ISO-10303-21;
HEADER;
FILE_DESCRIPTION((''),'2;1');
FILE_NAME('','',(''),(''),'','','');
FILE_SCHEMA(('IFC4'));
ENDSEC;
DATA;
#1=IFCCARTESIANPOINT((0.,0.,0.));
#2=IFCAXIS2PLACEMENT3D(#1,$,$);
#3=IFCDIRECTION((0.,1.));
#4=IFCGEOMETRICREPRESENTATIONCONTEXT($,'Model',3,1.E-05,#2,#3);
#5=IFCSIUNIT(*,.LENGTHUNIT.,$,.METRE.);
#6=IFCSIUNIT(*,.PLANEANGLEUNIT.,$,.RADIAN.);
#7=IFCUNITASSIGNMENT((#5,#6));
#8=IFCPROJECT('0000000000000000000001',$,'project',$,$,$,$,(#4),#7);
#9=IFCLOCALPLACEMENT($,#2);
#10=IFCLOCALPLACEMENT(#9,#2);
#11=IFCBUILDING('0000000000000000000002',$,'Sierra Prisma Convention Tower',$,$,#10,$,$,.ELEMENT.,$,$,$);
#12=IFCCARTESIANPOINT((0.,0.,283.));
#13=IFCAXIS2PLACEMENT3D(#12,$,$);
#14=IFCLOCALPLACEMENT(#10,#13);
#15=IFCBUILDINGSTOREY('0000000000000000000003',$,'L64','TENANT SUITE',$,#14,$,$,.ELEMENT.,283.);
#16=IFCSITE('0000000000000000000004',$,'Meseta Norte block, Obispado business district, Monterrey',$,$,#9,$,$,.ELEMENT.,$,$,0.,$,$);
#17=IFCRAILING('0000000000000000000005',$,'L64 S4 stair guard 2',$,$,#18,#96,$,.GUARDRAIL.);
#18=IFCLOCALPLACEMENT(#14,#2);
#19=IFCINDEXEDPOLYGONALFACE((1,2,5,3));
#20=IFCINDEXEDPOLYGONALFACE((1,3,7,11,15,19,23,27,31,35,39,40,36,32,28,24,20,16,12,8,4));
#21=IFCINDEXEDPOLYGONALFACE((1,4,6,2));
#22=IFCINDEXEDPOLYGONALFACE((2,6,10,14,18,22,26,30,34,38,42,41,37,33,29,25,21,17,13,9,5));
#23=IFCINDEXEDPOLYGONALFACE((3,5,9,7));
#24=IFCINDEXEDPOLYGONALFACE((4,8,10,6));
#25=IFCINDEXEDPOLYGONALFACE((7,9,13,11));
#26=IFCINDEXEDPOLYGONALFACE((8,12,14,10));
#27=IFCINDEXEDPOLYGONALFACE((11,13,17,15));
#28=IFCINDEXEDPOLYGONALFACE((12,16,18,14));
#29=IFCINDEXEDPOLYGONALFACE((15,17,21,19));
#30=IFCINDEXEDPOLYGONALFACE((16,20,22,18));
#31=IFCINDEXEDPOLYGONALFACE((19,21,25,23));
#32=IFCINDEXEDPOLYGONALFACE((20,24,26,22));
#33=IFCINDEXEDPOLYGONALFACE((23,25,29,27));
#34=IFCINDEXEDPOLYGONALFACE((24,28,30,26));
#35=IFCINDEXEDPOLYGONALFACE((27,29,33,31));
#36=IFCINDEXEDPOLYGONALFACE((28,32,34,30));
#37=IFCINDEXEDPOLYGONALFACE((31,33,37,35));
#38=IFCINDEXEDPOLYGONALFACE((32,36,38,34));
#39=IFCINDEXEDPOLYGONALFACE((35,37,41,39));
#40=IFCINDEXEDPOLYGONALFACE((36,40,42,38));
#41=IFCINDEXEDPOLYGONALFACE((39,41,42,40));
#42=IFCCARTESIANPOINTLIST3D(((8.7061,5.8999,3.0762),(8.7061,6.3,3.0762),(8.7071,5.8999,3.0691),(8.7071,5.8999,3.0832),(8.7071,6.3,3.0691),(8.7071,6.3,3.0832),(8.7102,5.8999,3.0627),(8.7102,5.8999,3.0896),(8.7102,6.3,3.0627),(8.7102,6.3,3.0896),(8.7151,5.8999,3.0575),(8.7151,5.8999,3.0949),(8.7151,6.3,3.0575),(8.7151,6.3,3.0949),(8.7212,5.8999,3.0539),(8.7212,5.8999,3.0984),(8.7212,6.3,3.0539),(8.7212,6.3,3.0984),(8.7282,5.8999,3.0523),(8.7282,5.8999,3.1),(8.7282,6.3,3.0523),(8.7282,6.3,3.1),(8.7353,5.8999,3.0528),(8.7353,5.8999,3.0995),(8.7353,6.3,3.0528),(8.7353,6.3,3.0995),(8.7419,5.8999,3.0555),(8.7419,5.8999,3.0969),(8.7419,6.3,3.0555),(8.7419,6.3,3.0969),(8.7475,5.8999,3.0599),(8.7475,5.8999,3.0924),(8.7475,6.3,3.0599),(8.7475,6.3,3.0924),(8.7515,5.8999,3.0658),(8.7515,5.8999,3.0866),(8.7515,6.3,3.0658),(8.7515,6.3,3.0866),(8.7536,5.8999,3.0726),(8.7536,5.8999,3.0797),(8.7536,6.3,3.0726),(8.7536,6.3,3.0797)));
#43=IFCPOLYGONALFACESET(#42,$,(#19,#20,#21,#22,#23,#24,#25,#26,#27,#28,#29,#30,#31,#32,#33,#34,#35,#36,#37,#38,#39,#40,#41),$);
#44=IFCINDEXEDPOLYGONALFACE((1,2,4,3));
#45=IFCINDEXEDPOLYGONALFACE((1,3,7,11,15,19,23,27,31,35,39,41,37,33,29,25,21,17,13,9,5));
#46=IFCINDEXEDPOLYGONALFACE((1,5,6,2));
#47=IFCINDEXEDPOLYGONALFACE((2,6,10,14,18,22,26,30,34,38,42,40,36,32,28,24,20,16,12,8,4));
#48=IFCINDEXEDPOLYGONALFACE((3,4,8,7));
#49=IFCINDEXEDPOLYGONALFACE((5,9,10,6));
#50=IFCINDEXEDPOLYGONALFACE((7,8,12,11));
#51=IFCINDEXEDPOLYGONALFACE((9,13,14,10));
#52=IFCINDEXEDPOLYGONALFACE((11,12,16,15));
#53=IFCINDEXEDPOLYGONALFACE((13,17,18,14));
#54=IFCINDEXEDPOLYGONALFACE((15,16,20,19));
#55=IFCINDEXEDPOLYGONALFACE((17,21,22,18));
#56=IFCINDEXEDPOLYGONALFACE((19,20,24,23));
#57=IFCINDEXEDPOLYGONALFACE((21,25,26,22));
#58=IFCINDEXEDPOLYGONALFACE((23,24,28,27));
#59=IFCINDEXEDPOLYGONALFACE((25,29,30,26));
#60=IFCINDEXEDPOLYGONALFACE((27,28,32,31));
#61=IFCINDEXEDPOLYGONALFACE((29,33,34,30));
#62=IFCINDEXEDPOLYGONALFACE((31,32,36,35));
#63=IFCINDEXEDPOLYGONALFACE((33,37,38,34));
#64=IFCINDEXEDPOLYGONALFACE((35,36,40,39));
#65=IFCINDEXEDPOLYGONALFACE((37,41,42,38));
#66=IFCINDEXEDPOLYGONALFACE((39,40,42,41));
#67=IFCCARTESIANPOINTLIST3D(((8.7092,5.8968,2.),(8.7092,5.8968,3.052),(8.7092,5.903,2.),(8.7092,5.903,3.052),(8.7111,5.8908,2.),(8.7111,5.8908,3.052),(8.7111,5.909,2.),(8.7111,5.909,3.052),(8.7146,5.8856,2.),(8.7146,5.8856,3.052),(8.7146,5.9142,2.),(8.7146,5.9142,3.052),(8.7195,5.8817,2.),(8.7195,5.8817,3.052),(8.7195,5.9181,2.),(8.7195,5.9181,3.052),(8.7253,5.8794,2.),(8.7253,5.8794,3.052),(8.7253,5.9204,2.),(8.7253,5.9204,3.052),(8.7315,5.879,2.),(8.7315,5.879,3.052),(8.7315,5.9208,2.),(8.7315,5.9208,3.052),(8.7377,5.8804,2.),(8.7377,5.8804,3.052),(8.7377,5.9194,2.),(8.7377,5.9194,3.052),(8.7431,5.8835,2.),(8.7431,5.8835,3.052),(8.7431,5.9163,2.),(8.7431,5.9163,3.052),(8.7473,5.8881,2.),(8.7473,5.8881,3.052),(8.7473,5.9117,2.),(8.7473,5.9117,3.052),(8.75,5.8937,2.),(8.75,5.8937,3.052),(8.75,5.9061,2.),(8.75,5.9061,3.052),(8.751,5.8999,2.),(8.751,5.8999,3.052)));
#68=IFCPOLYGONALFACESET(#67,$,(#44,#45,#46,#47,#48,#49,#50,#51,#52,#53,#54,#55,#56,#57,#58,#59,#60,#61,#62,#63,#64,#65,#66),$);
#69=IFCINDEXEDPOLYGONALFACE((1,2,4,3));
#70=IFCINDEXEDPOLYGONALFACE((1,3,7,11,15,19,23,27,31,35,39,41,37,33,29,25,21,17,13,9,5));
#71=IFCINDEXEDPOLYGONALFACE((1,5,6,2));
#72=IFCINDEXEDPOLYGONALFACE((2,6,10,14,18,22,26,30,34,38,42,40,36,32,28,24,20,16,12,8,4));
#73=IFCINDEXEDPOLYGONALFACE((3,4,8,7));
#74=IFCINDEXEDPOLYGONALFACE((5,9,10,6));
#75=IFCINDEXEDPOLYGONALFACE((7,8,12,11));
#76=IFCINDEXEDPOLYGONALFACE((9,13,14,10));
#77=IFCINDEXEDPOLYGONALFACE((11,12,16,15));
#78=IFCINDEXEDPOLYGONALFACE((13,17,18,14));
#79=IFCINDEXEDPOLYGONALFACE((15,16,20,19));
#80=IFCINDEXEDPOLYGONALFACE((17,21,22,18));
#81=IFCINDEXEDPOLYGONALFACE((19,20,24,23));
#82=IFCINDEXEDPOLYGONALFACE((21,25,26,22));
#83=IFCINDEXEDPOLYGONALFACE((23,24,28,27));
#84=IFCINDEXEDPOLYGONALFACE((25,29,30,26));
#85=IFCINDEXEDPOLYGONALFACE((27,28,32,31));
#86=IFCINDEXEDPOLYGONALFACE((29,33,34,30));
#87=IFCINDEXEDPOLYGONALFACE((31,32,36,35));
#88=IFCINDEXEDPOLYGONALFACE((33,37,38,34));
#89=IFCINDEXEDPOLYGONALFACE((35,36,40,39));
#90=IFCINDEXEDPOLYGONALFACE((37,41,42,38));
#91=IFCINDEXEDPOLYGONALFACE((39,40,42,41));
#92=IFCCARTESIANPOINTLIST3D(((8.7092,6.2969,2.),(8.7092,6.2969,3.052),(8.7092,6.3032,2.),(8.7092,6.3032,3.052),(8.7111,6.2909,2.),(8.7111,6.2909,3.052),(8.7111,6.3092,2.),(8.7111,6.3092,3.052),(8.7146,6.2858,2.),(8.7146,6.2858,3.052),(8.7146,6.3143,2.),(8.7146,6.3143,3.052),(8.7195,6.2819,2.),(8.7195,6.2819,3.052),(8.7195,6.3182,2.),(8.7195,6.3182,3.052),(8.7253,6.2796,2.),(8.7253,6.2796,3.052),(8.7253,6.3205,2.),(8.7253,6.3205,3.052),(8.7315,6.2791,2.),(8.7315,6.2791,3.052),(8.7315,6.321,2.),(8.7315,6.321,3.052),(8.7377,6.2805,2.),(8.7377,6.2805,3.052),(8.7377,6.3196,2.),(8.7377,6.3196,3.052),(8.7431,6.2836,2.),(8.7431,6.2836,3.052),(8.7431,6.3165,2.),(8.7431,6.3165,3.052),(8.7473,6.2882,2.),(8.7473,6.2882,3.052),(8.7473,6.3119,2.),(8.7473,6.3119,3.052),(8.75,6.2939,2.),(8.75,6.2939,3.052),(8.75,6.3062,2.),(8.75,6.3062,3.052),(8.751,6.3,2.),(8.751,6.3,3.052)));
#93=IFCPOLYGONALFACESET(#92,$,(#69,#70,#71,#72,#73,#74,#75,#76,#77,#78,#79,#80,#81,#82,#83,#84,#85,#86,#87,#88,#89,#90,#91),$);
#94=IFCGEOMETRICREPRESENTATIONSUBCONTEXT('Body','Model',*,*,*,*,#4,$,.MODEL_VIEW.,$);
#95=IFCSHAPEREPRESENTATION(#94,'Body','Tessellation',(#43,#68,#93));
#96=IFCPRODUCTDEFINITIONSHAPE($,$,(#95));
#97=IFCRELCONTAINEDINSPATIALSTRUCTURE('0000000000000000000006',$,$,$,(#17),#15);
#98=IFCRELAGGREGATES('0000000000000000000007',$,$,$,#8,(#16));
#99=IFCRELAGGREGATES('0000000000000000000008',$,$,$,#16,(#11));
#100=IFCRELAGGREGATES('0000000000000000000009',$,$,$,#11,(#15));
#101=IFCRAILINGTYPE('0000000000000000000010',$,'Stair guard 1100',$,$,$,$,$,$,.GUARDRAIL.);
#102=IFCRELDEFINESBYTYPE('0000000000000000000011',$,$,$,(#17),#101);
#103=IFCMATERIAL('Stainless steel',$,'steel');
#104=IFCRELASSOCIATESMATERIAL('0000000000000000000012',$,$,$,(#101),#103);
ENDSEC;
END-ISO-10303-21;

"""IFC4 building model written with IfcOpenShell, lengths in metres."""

from ifc_helpers import new_model, si_unit, direction, frame, origin, origin_2d, place, context, subcontext, project, spatial, circle, extrude, material, type_object, element, save


model = new_model("IFC4")

# Units and contexts
model_context = context("Model", 3, precision=1e-05, world=origin(), true_north=direction((0.0, 1.0)))
body_context = subcontext(model_context, "Body", "Model", "MODEL_VIEW")
ifc_project = project(units=[si_unit("LENGTHUNIT", "METRE"), si_unit("PLANEANGLEUNIT", "RADIAN")], contexts=[model_context])

# Site, building, storey
site_placement = place(None, origin())
site = spatial("IfcSite", under=ifc_project, at=site_placement, Name="Meseta Norte block, Obispado business district, Monterrey", CompositionType="ELEMENT", RefElevation=0.0)
building_placement = place(site_placement, origin())
building = spatial("IfcBuilding", under=site, at=building_placement, Name="Sierra Prisma Convention Tower", CompositionType="ELEMENT")
storey_placement = place(building_placement, frame((0.0, 0.0, 283.0)))
storey = spatial("IfcBuildingStorey", under=building, at=storey_placement, Name="L64", Description="TENANT SUITE", CompositionType="ELEMENT", Elevation=283.0)

# Railing
ifc_material_1 = material(Name="Stainless steel", Category="steel")
railing_type_1 = type_object("IfcRailingType", Name="Stair guard 1100", PredefinedType="GUARDRAIL", material=ifc_material_1)
railing_1_placement = place(storey_placement, frame((8.73, 5.8999, 2.0)))
element("IfcRailing", 1, at=railing_1_placement, inside=storey, type_object=railing_type_1, Name="L64 S4 stair guard 2", PredefinedType="GUARDRAIL", context=body_context, shape_type="SweptSolid", body=[
    extrude(circle(Radius=0.0239, at=origin_2d()), frame((0.0, 0.0, 1.0762), z_axis=(0.0, 1.0, 0.0), x_axis=(-1.0, 0.0, 0.0)), (0.0, 0.0, 1.0), 0.4001),
    extrude(circle(Radius=0.021, at=origin_2d()), origin(), (0.0, 0.0, 1.0), 1.052),
    extrude(circle(Radius=0.021, at=origin_2d()), frame((0.0, 0.4001, 0.0)), (0.0, 0.0, 1.0), 1.052),
])

save(model, "model.ifc")
